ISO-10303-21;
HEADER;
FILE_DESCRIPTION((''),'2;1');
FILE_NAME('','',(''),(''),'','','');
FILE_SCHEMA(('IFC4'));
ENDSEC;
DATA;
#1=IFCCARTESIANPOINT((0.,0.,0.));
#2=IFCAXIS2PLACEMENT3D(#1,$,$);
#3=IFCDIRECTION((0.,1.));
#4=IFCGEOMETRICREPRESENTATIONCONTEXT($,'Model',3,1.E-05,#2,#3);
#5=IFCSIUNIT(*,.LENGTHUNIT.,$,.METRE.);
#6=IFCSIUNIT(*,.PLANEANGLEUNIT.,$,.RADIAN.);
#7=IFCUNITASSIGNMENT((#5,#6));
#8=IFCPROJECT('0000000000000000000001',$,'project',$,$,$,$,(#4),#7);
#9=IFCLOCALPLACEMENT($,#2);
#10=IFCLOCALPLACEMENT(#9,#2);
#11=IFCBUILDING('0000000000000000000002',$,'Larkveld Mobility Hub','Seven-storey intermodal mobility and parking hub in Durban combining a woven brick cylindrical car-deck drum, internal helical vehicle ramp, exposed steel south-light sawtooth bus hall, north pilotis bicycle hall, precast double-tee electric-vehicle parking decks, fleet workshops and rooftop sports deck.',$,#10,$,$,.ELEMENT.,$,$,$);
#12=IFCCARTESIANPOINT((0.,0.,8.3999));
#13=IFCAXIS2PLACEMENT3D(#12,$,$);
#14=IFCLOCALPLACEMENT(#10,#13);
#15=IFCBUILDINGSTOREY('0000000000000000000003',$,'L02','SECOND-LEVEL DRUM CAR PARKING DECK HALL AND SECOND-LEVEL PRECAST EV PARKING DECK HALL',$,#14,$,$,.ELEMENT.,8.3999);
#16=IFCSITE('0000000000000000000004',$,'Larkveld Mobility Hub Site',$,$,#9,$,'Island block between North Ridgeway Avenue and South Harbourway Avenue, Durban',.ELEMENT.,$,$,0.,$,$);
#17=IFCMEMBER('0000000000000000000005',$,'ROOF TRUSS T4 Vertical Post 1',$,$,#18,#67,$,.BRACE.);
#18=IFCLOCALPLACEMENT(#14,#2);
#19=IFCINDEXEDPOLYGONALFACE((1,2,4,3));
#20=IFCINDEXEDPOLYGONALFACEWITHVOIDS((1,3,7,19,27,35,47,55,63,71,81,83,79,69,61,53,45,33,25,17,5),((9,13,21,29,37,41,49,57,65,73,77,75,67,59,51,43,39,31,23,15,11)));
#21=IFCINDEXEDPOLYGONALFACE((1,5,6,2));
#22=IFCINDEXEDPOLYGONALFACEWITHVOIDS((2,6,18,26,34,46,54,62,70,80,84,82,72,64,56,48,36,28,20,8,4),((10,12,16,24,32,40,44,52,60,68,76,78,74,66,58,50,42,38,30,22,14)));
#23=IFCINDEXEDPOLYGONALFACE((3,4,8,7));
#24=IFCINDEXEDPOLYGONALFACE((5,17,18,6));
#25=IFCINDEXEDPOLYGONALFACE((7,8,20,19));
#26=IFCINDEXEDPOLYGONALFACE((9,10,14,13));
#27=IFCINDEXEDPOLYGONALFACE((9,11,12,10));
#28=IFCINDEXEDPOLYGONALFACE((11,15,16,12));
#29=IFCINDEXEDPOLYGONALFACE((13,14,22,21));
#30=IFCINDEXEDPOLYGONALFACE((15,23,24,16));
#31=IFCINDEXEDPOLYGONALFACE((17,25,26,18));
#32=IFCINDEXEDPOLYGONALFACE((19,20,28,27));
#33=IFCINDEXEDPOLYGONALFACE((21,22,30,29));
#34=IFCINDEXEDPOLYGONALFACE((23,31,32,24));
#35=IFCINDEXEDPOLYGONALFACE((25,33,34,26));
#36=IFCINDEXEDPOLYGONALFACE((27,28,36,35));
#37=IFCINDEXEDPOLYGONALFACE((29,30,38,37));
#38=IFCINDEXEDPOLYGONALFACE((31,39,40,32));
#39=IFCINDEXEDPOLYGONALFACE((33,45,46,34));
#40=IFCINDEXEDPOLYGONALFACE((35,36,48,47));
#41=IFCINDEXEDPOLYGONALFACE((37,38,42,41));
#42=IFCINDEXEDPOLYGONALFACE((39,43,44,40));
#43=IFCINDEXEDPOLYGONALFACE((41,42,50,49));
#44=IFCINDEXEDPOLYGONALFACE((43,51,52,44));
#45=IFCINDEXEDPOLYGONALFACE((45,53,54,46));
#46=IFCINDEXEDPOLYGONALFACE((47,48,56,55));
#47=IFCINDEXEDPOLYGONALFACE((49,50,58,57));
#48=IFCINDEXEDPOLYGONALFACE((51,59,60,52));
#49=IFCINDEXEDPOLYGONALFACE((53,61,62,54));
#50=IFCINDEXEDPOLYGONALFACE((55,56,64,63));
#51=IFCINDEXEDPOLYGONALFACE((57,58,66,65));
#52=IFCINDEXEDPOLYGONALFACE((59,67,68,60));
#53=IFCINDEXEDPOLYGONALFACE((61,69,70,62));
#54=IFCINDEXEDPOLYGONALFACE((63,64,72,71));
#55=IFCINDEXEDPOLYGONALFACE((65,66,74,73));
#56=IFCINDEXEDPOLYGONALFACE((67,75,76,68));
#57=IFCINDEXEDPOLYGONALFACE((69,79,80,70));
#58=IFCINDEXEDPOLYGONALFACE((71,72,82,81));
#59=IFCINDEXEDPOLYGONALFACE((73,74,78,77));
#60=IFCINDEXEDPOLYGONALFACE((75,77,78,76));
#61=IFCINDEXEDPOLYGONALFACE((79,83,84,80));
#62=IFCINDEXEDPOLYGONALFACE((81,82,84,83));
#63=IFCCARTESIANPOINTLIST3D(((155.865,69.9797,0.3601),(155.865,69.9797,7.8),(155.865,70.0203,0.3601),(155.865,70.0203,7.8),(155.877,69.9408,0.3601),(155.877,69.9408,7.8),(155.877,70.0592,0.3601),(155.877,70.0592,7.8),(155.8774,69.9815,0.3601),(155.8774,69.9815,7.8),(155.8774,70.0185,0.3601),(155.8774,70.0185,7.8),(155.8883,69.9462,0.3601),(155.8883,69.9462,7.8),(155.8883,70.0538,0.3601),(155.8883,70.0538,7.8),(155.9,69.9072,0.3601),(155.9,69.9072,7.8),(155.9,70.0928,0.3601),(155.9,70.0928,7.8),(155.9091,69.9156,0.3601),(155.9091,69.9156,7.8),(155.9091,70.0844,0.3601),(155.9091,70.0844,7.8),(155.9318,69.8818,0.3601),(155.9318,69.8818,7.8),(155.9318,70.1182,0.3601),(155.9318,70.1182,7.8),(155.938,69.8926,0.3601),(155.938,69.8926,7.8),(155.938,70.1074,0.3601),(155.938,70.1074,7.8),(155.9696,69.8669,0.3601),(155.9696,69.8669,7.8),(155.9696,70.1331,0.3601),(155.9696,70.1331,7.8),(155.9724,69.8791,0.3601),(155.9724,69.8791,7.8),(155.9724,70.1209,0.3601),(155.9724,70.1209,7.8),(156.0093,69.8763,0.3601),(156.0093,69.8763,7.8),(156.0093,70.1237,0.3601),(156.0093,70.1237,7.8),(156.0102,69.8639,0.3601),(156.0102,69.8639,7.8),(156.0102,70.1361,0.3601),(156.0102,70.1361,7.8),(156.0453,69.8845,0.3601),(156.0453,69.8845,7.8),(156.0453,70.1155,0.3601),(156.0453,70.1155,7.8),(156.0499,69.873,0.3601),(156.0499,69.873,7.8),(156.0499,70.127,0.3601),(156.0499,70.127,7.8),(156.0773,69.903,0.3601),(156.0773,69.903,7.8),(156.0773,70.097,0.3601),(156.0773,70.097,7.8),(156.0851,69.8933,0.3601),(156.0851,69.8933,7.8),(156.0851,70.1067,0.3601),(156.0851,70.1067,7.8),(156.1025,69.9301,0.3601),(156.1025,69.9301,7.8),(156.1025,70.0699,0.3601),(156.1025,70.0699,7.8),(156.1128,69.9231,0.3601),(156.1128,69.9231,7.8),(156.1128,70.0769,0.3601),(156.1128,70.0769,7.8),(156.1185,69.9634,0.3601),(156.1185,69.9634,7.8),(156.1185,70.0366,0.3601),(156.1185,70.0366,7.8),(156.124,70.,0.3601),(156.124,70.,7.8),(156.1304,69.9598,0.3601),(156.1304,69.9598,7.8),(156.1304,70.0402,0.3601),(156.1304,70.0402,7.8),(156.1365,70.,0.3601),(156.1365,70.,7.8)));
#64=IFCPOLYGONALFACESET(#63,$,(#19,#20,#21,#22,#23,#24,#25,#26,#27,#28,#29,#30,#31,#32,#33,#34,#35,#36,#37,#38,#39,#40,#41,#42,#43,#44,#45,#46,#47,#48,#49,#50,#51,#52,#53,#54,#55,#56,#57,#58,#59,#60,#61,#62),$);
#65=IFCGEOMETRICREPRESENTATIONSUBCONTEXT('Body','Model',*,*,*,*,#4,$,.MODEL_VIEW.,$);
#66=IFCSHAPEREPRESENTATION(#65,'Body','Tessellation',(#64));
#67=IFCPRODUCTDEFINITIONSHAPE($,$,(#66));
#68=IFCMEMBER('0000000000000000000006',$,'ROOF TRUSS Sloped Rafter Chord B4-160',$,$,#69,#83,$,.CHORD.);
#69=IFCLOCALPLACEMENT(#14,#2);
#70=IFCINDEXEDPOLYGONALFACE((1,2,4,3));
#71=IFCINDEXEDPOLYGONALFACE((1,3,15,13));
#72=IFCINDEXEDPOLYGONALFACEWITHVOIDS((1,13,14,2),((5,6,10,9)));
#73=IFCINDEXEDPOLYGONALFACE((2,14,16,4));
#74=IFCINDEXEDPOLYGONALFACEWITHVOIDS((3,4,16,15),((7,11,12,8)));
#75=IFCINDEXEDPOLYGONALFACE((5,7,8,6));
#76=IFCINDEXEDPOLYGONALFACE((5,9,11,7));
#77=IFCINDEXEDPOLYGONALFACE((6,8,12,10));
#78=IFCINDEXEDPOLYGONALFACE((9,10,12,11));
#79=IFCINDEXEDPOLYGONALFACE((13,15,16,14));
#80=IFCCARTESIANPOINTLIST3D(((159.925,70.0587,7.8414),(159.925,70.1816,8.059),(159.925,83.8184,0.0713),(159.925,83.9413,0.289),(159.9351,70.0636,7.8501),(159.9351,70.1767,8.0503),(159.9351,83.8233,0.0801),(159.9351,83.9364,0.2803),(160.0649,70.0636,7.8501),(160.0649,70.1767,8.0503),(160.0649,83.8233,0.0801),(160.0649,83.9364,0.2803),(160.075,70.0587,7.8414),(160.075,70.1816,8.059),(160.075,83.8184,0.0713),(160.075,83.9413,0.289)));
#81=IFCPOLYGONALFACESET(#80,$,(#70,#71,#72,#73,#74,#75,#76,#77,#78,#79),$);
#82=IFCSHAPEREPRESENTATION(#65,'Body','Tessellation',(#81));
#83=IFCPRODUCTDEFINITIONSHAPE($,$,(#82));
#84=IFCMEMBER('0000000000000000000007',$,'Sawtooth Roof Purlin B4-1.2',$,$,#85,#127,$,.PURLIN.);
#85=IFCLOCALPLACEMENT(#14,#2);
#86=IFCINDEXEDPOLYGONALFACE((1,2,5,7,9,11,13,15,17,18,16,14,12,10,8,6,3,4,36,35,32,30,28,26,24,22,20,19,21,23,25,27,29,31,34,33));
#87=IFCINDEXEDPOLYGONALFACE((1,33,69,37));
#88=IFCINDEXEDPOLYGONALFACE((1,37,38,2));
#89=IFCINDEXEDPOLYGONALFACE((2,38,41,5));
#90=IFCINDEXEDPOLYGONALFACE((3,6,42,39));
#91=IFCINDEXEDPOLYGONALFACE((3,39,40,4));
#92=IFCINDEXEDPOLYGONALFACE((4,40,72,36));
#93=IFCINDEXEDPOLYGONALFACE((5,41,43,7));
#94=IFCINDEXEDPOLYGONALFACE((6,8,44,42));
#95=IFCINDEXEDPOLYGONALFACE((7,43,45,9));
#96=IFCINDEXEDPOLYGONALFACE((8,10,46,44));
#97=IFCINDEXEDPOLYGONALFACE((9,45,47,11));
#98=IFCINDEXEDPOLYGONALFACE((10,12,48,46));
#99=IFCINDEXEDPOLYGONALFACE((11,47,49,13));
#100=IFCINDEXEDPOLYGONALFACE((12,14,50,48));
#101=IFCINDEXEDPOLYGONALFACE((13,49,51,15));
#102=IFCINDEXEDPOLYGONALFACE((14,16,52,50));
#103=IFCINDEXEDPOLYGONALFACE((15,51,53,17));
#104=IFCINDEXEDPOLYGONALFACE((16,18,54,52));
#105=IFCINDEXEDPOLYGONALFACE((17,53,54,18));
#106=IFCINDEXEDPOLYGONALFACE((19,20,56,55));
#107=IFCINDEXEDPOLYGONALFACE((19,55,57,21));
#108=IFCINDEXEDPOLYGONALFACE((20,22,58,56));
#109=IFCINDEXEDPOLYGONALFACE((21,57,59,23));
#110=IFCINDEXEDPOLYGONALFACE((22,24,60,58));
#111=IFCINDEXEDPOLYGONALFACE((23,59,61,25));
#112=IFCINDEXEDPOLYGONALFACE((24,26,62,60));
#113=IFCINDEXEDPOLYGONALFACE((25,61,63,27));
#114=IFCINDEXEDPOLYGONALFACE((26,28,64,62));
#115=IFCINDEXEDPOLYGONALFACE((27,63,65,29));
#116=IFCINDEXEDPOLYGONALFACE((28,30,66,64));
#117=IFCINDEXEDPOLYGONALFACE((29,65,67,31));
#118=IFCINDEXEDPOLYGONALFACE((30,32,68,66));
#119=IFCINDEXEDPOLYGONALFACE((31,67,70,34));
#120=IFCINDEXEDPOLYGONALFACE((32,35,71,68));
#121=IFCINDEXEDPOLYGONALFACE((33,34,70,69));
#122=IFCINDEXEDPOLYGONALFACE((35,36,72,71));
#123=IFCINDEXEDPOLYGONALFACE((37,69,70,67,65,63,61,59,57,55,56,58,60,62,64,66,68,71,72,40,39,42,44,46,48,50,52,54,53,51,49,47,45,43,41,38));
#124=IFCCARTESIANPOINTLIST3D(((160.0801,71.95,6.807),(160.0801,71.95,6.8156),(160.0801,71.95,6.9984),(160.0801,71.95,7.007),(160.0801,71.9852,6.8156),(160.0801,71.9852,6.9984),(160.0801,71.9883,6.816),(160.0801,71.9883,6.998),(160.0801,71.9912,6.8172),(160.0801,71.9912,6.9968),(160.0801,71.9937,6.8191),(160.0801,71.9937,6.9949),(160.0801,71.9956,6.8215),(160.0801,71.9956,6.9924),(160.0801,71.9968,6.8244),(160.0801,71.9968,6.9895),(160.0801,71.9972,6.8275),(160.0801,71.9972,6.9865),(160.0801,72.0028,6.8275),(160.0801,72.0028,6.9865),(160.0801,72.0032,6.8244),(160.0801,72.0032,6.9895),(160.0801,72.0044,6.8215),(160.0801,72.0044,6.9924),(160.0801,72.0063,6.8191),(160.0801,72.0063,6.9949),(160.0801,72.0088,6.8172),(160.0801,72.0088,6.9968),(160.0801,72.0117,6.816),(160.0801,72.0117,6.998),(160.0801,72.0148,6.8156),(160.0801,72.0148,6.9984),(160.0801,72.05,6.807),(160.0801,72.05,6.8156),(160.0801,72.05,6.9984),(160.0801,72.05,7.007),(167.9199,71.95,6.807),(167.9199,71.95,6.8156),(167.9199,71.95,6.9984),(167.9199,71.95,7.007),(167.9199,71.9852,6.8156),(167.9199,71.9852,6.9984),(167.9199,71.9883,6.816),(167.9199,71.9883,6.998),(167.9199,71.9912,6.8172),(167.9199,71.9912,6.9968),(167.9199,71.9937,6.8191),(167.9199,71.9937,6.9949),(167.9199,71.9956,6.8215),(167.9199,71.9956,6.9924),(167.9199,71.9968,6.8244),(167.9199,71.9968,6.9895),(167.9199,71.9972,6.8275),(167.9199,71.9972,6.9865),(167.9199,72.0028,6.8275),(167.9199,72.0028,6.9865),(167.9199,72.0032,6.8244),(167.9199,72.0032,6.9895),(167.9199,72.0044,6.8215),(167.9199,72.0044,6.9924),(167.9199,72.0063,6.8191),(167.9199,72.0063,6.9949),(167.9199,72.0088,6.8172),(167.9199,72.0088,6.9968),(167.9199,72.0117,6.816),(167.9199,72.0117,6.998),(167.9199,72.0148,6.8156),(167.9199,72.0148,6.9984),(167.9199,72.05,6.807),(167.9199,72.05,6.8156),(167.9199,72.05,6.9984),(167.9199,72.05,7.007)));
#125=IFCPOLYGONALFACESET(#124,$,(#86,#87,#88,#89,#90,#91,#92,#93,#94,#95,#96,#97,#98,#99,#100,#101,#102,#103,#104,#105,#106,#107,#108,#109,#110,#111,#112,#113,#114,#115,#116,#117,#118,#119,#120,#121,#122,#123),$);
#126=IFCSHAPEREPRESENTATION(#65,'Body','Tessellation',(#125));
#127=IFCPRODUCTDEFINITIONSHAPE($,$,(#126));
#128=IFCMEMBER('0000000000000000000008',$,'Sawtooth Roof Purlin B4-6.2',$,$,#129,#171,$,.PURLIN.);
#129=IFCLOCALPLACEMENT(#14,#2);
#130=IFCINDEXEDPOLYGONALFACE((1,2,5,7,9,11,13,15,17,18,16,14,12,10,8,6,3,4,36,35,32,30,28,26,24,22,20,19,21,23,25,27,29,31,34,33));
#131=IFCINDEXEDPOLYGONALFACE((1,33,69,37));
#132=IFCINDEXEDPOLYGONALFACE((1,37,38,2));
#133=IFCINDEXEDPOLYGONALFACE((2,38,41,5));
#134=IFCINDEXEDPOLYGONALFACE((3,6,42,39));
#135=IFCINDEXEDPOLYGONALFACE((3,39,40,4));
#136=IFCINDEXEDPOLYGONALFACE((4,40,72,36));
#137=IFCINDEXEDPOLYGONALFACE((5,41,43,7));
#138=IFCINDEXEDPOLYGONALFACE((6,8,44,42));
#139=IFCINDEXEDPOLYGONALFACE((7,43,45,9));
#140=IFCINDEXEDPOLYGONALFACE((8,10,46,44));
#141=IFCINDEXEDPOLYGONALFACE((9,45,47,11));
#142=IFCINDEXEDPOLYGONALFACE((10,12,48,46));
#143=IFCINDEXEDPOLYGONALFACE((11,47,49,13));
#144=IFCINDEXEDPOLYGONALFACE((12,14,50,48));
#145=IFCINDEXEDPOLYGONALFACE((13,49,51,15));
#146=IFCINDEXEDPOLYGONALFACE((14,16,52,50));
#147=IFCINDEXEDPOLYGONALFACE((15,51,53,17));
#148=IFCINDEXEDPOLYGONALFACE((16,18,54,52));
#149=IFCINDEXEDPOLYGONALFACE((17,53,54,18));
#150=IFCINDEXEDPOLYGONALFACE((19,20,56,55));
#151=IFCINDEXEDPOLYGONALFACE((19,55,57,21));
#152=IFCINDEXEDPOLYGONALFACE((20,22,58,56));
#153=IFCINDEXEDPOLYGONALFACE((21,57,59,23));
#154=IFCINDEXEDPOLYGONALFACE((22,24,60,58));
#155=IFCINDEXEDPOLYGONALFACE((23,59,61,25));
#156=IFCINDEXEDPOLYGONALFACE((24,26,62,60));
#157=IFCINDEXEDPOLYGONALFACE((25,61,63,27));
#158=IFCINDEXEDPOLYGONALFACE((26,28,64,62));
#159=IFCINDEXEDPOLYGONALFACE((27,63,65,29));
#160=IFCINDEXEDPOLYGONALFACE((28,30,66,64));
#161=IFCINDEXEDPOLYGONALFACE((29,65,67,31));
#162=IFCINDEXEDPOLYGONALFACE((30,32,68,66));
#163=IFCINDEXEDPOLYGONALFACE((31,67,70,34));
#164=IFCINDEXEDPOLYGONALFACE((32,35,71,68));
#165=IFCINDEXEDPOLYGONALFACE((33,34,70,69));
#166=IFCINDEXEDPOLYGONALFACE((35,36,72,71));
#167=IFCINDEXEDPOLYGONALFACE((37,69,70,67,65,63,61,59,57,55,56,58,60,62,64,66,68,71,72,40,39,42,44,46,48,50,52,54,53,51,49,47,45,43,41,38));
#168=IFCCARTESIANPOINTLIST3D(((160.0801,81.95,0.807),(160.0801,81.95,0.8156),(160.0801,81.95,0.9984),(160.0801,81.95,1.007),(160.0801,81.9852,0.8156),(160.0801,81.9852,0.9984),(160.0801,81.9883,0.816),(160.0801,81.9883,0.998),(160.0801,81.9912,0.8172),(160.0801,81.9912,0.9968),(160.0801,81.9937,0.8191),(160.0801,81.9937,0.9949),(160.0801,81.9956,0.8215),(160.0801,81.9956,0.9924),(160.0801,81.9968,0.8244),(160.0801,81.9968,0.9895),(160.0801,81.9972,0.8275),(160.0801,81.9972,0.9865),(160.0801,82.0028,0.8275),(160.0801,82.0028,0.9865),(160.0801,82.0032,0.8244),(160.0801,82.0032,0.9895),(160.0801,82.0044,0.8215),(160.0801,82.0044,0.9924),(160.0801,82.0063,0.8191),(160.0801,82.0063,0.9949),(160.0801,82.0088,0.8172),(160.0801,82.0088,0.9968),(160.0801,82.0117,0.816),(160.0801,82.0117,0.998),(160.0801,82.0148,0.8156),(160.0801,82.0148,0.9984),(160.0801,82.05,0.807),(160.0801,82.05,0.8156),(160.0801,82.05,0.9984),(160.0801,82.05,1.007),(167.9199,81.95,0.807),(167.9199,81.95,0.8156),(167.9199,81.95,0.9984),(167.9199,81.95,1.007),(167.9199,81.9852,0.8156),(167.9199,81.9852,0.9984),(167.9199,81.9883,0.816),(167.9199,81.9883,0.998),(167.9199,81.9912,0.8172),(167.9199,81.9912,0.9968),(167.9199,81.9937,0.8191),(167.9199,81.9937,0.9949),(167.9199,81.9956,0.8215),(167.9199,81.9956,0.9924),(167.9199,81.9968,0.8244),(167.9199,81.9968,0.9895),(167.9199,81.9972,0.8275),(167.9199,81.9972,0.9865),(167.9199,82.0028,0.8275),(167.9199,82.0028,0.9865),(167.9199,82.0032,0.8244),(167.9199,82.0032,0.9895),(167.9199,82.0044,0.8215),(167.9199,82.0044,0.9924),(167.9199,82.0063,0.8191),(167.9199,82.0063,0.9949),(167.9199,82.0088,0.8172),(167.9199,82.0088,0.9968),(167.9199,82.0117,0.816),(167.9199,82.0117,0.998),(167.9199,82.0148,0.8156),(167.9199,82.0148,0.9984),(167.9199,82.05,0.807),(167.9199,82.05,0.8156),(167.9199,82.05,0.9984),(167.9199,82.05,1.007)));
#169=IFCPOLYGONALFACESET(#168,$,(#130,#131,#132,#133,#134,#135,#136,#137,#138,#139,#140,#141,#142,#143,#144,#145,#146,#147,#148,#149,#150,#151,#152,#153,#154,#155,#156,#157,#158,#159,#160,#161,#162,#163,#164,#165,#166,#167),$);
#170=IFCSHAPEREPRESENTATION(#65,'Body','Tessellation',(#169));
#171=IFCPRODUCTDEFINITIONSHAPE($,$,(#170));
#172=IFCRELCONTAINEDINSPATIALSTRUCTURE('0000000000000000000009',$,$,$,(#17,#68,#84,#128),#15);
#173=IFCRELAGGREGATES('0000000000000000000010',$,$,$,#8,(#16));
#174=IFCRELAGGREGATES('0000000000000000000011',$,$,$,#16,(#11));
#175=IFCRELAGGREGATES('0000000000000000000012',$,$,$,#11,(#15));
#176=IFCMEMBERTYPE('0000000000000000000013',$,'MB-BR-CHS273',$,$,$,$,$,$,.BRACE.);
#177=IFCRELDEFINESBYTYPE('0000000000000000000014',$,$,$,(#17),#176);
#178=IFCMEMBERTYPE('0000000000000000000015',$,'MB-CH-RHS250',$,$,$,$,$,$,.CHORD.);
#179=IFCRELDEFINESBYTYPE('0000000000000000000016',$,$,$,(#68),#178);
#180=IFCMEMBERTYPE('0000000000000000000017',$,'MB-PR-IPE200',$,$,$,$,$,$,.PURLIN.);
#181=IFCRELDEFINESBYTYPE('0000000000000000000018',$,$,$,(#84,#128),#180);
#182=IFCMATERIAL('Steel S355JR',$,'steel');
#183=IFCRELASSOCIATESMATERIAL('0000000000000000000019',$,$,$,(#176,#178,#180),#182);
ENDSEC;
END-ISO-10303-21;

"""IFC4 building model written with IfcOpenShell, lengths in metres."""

from ifc_helpers import new_model, si_unit, direction, frame, origin, origin_2d, place, context, subcontext, project, spatial, hollow_rectangle, hollow_circle, i_section, extrude, material, material_profile, profile_set, type_object, element, save


model = new_model("IFC4")

# Units and contexts
model_context = context("Model", 3, precision=1e-05, world=origin(), true_north=direction((0.0, 1.0)))
body_context = subcontext(model_context, "Body", "Model", "MODEL_VIEW")
ifc_project = project(units=[si_unit("LENGTHUNIT", "METRE"), si_unit("PLANEANGLEUNIT", "RADIAN")], contexts=[model_context])

# Site, building, storey
site_placement = place(None, origin())
site = spatial("IfcSite", under=ifc_project, at=site_placement, Name="Larkveld Mobility Hub Site", LongName="Island block between North Ridgeway Avenue and South Harbourway Avenue, Durban", CompositionType="ELEMENT", RefElevation=0.0)
building_placement = place(site_placement, origin())
building = spatial("IfcBuilding", under=site, at=building_placement, Name="Larkveld Mobility Hub", Description="Seven-storey intermodal mobility and parking hub in Durban combining a woven brick cylindrical car-deck drum, internal helical vehicle ramp, exposed steel south-light sawtooth bus hall, north pilotis bicycle hall, precast double-tee electric-vehicle parking decks, fleet workshops and rooftop sports deck.", CompositionType="ELEMENT")
storey_placement = place(building_placement, frame((0.0, 0.0, 8.3999)))
storey = spatial("IfcBuildingStorey", under=building, at=storey_placement, Name="L02", Description="SECOND-LEVEL DRUM CAR PARKING DECK HALL AND SECOND-LEVEL PRECAST EV PARKING DECK HALL", CompositionType="ELEMENT", Elevation=8.3999)

# Members
ifc_material_1 = material(Name="Steel S355JR", Category="steel")
ifc_material_profile_1 = material_profile(ifc_material_1, hollow_circle(Radius=0.1365, WallThickness=0.0125, at=origin_2d()), Name="CHS 273x12.5")
ifc_profile_set_1 = profile_set([ifc_material_profile_1], Name="Steel S355JR")
member_type_1 = type_object("IfcMemberType", Name="MB-BR-CHS273", PredefinedType="BRACE", material=ifc_profile_set_1)
member_1_placement = place(storey_placement, frame((156.0, 70.0, 0.3601), z_axis=(0.0, 0.0, 1.0), x_axis=(1.0, 0.0, 0.0)))
element("IfcMember", 1, at=member_1_placement, inside=storey, type_object=member_type_1, Name="ROOF TRUSS T4 Vertical Post 1", PredefinedType="BRACE", context=body_context, shape_type="SweptSolid", body=[
    extrude(hollow_circle(Radius=0.1365, WallThickness=0.0125, at=origin_2d()), origin(), (0.0, 0.0, 1.0), 7.4399),
])
ifc_material_profile_2 = material_profile(ifc_material_1, hollow_rectangle(XDim=0.1499, YDim=0.25, WallThickness=0.01, at=origin_2d()), Name="RHS 250x150x10")
ifc_profile_set_2 = profile_set([ifc_material_profile_2], Name="Steel S355JR")
member_type_2 = type_object("IfcMemberType", Name="MB-CH-RHS250", PredefinedType="CHORD", material=ifc_profile_set_2)
member_2_placement = place(storey_placement, frame((160.0, 70.1201, 7.9502), z_axis=(0.0, 0.870759, -0.49171), x_axis=(-1.0, 0.0, 0.0)))
element("IfcMember", 2, at=member_2_placement, inside=storey, type_object=member_type_2, Name="ROOF TRUSS Sloped Rafter Chord B4-160", PredefinedType="CHORD", context=body_context, shape_type="SweptSolid", body=[
    extrude(hollow_rectangle(XDim=0.1499, YDim=0.25, WallThickness=0.01, at=origin_2d()), origin(), (0.0, 0.0, 1.0), 15.802),
])
ifc_material_profile_3 = material_profile(ifc_material_1, i_section(OverallWidth=0.1001, OverallDepth=0.2, WebThickness=0.0056, FlangeThickness=0.0085, FilletRadius=0.012, at=origin_2d()), Name="IPE 200")
ifc_profile_set_3 = profile_set([ifc_material_profile_3], Name="Steel S355JR")
member_type_3 = type_object("IfcMemberType", Name="MB-PR-IPE200", PredefinedType="PURLIN", material=ifc_profile_set_3)
for number, where, z_axis, x_axis, name in (
    (3, (160.0801, 72.0, 6.907), (1.0, 0.0, 0.0), (0.0, 1.0, 0.0), "Sawtooth Roof Purlin B4-1.2"),
    (4, (160.0801, 82.0, 0.907), (1.0, 0.0, 0.0), (0.0, 1.0, 0.0), "Sawtooth Roof Purlin B4-6.2"),
):
    element("IfcMember", number, at=place(storey_placement, frame(where, z_axis=z_axis, x_axis=x_axis)), inside=storey, type_object=member_type_3, Name=name, PredefinedType="PURLIN", context=body_context, shape_type="SweptSolid", body=[
        extrude(i_section(OverallWidth=0.1001, OverallDepth=0.2, WebThickness=0.0056, FlangeThickness=0.0085, FilletRadius=0.012, at=origin_2d()), origin(), (0.0, 0.0, 1.0), 7.8398),
    ])

save(model, "model.ifc")
